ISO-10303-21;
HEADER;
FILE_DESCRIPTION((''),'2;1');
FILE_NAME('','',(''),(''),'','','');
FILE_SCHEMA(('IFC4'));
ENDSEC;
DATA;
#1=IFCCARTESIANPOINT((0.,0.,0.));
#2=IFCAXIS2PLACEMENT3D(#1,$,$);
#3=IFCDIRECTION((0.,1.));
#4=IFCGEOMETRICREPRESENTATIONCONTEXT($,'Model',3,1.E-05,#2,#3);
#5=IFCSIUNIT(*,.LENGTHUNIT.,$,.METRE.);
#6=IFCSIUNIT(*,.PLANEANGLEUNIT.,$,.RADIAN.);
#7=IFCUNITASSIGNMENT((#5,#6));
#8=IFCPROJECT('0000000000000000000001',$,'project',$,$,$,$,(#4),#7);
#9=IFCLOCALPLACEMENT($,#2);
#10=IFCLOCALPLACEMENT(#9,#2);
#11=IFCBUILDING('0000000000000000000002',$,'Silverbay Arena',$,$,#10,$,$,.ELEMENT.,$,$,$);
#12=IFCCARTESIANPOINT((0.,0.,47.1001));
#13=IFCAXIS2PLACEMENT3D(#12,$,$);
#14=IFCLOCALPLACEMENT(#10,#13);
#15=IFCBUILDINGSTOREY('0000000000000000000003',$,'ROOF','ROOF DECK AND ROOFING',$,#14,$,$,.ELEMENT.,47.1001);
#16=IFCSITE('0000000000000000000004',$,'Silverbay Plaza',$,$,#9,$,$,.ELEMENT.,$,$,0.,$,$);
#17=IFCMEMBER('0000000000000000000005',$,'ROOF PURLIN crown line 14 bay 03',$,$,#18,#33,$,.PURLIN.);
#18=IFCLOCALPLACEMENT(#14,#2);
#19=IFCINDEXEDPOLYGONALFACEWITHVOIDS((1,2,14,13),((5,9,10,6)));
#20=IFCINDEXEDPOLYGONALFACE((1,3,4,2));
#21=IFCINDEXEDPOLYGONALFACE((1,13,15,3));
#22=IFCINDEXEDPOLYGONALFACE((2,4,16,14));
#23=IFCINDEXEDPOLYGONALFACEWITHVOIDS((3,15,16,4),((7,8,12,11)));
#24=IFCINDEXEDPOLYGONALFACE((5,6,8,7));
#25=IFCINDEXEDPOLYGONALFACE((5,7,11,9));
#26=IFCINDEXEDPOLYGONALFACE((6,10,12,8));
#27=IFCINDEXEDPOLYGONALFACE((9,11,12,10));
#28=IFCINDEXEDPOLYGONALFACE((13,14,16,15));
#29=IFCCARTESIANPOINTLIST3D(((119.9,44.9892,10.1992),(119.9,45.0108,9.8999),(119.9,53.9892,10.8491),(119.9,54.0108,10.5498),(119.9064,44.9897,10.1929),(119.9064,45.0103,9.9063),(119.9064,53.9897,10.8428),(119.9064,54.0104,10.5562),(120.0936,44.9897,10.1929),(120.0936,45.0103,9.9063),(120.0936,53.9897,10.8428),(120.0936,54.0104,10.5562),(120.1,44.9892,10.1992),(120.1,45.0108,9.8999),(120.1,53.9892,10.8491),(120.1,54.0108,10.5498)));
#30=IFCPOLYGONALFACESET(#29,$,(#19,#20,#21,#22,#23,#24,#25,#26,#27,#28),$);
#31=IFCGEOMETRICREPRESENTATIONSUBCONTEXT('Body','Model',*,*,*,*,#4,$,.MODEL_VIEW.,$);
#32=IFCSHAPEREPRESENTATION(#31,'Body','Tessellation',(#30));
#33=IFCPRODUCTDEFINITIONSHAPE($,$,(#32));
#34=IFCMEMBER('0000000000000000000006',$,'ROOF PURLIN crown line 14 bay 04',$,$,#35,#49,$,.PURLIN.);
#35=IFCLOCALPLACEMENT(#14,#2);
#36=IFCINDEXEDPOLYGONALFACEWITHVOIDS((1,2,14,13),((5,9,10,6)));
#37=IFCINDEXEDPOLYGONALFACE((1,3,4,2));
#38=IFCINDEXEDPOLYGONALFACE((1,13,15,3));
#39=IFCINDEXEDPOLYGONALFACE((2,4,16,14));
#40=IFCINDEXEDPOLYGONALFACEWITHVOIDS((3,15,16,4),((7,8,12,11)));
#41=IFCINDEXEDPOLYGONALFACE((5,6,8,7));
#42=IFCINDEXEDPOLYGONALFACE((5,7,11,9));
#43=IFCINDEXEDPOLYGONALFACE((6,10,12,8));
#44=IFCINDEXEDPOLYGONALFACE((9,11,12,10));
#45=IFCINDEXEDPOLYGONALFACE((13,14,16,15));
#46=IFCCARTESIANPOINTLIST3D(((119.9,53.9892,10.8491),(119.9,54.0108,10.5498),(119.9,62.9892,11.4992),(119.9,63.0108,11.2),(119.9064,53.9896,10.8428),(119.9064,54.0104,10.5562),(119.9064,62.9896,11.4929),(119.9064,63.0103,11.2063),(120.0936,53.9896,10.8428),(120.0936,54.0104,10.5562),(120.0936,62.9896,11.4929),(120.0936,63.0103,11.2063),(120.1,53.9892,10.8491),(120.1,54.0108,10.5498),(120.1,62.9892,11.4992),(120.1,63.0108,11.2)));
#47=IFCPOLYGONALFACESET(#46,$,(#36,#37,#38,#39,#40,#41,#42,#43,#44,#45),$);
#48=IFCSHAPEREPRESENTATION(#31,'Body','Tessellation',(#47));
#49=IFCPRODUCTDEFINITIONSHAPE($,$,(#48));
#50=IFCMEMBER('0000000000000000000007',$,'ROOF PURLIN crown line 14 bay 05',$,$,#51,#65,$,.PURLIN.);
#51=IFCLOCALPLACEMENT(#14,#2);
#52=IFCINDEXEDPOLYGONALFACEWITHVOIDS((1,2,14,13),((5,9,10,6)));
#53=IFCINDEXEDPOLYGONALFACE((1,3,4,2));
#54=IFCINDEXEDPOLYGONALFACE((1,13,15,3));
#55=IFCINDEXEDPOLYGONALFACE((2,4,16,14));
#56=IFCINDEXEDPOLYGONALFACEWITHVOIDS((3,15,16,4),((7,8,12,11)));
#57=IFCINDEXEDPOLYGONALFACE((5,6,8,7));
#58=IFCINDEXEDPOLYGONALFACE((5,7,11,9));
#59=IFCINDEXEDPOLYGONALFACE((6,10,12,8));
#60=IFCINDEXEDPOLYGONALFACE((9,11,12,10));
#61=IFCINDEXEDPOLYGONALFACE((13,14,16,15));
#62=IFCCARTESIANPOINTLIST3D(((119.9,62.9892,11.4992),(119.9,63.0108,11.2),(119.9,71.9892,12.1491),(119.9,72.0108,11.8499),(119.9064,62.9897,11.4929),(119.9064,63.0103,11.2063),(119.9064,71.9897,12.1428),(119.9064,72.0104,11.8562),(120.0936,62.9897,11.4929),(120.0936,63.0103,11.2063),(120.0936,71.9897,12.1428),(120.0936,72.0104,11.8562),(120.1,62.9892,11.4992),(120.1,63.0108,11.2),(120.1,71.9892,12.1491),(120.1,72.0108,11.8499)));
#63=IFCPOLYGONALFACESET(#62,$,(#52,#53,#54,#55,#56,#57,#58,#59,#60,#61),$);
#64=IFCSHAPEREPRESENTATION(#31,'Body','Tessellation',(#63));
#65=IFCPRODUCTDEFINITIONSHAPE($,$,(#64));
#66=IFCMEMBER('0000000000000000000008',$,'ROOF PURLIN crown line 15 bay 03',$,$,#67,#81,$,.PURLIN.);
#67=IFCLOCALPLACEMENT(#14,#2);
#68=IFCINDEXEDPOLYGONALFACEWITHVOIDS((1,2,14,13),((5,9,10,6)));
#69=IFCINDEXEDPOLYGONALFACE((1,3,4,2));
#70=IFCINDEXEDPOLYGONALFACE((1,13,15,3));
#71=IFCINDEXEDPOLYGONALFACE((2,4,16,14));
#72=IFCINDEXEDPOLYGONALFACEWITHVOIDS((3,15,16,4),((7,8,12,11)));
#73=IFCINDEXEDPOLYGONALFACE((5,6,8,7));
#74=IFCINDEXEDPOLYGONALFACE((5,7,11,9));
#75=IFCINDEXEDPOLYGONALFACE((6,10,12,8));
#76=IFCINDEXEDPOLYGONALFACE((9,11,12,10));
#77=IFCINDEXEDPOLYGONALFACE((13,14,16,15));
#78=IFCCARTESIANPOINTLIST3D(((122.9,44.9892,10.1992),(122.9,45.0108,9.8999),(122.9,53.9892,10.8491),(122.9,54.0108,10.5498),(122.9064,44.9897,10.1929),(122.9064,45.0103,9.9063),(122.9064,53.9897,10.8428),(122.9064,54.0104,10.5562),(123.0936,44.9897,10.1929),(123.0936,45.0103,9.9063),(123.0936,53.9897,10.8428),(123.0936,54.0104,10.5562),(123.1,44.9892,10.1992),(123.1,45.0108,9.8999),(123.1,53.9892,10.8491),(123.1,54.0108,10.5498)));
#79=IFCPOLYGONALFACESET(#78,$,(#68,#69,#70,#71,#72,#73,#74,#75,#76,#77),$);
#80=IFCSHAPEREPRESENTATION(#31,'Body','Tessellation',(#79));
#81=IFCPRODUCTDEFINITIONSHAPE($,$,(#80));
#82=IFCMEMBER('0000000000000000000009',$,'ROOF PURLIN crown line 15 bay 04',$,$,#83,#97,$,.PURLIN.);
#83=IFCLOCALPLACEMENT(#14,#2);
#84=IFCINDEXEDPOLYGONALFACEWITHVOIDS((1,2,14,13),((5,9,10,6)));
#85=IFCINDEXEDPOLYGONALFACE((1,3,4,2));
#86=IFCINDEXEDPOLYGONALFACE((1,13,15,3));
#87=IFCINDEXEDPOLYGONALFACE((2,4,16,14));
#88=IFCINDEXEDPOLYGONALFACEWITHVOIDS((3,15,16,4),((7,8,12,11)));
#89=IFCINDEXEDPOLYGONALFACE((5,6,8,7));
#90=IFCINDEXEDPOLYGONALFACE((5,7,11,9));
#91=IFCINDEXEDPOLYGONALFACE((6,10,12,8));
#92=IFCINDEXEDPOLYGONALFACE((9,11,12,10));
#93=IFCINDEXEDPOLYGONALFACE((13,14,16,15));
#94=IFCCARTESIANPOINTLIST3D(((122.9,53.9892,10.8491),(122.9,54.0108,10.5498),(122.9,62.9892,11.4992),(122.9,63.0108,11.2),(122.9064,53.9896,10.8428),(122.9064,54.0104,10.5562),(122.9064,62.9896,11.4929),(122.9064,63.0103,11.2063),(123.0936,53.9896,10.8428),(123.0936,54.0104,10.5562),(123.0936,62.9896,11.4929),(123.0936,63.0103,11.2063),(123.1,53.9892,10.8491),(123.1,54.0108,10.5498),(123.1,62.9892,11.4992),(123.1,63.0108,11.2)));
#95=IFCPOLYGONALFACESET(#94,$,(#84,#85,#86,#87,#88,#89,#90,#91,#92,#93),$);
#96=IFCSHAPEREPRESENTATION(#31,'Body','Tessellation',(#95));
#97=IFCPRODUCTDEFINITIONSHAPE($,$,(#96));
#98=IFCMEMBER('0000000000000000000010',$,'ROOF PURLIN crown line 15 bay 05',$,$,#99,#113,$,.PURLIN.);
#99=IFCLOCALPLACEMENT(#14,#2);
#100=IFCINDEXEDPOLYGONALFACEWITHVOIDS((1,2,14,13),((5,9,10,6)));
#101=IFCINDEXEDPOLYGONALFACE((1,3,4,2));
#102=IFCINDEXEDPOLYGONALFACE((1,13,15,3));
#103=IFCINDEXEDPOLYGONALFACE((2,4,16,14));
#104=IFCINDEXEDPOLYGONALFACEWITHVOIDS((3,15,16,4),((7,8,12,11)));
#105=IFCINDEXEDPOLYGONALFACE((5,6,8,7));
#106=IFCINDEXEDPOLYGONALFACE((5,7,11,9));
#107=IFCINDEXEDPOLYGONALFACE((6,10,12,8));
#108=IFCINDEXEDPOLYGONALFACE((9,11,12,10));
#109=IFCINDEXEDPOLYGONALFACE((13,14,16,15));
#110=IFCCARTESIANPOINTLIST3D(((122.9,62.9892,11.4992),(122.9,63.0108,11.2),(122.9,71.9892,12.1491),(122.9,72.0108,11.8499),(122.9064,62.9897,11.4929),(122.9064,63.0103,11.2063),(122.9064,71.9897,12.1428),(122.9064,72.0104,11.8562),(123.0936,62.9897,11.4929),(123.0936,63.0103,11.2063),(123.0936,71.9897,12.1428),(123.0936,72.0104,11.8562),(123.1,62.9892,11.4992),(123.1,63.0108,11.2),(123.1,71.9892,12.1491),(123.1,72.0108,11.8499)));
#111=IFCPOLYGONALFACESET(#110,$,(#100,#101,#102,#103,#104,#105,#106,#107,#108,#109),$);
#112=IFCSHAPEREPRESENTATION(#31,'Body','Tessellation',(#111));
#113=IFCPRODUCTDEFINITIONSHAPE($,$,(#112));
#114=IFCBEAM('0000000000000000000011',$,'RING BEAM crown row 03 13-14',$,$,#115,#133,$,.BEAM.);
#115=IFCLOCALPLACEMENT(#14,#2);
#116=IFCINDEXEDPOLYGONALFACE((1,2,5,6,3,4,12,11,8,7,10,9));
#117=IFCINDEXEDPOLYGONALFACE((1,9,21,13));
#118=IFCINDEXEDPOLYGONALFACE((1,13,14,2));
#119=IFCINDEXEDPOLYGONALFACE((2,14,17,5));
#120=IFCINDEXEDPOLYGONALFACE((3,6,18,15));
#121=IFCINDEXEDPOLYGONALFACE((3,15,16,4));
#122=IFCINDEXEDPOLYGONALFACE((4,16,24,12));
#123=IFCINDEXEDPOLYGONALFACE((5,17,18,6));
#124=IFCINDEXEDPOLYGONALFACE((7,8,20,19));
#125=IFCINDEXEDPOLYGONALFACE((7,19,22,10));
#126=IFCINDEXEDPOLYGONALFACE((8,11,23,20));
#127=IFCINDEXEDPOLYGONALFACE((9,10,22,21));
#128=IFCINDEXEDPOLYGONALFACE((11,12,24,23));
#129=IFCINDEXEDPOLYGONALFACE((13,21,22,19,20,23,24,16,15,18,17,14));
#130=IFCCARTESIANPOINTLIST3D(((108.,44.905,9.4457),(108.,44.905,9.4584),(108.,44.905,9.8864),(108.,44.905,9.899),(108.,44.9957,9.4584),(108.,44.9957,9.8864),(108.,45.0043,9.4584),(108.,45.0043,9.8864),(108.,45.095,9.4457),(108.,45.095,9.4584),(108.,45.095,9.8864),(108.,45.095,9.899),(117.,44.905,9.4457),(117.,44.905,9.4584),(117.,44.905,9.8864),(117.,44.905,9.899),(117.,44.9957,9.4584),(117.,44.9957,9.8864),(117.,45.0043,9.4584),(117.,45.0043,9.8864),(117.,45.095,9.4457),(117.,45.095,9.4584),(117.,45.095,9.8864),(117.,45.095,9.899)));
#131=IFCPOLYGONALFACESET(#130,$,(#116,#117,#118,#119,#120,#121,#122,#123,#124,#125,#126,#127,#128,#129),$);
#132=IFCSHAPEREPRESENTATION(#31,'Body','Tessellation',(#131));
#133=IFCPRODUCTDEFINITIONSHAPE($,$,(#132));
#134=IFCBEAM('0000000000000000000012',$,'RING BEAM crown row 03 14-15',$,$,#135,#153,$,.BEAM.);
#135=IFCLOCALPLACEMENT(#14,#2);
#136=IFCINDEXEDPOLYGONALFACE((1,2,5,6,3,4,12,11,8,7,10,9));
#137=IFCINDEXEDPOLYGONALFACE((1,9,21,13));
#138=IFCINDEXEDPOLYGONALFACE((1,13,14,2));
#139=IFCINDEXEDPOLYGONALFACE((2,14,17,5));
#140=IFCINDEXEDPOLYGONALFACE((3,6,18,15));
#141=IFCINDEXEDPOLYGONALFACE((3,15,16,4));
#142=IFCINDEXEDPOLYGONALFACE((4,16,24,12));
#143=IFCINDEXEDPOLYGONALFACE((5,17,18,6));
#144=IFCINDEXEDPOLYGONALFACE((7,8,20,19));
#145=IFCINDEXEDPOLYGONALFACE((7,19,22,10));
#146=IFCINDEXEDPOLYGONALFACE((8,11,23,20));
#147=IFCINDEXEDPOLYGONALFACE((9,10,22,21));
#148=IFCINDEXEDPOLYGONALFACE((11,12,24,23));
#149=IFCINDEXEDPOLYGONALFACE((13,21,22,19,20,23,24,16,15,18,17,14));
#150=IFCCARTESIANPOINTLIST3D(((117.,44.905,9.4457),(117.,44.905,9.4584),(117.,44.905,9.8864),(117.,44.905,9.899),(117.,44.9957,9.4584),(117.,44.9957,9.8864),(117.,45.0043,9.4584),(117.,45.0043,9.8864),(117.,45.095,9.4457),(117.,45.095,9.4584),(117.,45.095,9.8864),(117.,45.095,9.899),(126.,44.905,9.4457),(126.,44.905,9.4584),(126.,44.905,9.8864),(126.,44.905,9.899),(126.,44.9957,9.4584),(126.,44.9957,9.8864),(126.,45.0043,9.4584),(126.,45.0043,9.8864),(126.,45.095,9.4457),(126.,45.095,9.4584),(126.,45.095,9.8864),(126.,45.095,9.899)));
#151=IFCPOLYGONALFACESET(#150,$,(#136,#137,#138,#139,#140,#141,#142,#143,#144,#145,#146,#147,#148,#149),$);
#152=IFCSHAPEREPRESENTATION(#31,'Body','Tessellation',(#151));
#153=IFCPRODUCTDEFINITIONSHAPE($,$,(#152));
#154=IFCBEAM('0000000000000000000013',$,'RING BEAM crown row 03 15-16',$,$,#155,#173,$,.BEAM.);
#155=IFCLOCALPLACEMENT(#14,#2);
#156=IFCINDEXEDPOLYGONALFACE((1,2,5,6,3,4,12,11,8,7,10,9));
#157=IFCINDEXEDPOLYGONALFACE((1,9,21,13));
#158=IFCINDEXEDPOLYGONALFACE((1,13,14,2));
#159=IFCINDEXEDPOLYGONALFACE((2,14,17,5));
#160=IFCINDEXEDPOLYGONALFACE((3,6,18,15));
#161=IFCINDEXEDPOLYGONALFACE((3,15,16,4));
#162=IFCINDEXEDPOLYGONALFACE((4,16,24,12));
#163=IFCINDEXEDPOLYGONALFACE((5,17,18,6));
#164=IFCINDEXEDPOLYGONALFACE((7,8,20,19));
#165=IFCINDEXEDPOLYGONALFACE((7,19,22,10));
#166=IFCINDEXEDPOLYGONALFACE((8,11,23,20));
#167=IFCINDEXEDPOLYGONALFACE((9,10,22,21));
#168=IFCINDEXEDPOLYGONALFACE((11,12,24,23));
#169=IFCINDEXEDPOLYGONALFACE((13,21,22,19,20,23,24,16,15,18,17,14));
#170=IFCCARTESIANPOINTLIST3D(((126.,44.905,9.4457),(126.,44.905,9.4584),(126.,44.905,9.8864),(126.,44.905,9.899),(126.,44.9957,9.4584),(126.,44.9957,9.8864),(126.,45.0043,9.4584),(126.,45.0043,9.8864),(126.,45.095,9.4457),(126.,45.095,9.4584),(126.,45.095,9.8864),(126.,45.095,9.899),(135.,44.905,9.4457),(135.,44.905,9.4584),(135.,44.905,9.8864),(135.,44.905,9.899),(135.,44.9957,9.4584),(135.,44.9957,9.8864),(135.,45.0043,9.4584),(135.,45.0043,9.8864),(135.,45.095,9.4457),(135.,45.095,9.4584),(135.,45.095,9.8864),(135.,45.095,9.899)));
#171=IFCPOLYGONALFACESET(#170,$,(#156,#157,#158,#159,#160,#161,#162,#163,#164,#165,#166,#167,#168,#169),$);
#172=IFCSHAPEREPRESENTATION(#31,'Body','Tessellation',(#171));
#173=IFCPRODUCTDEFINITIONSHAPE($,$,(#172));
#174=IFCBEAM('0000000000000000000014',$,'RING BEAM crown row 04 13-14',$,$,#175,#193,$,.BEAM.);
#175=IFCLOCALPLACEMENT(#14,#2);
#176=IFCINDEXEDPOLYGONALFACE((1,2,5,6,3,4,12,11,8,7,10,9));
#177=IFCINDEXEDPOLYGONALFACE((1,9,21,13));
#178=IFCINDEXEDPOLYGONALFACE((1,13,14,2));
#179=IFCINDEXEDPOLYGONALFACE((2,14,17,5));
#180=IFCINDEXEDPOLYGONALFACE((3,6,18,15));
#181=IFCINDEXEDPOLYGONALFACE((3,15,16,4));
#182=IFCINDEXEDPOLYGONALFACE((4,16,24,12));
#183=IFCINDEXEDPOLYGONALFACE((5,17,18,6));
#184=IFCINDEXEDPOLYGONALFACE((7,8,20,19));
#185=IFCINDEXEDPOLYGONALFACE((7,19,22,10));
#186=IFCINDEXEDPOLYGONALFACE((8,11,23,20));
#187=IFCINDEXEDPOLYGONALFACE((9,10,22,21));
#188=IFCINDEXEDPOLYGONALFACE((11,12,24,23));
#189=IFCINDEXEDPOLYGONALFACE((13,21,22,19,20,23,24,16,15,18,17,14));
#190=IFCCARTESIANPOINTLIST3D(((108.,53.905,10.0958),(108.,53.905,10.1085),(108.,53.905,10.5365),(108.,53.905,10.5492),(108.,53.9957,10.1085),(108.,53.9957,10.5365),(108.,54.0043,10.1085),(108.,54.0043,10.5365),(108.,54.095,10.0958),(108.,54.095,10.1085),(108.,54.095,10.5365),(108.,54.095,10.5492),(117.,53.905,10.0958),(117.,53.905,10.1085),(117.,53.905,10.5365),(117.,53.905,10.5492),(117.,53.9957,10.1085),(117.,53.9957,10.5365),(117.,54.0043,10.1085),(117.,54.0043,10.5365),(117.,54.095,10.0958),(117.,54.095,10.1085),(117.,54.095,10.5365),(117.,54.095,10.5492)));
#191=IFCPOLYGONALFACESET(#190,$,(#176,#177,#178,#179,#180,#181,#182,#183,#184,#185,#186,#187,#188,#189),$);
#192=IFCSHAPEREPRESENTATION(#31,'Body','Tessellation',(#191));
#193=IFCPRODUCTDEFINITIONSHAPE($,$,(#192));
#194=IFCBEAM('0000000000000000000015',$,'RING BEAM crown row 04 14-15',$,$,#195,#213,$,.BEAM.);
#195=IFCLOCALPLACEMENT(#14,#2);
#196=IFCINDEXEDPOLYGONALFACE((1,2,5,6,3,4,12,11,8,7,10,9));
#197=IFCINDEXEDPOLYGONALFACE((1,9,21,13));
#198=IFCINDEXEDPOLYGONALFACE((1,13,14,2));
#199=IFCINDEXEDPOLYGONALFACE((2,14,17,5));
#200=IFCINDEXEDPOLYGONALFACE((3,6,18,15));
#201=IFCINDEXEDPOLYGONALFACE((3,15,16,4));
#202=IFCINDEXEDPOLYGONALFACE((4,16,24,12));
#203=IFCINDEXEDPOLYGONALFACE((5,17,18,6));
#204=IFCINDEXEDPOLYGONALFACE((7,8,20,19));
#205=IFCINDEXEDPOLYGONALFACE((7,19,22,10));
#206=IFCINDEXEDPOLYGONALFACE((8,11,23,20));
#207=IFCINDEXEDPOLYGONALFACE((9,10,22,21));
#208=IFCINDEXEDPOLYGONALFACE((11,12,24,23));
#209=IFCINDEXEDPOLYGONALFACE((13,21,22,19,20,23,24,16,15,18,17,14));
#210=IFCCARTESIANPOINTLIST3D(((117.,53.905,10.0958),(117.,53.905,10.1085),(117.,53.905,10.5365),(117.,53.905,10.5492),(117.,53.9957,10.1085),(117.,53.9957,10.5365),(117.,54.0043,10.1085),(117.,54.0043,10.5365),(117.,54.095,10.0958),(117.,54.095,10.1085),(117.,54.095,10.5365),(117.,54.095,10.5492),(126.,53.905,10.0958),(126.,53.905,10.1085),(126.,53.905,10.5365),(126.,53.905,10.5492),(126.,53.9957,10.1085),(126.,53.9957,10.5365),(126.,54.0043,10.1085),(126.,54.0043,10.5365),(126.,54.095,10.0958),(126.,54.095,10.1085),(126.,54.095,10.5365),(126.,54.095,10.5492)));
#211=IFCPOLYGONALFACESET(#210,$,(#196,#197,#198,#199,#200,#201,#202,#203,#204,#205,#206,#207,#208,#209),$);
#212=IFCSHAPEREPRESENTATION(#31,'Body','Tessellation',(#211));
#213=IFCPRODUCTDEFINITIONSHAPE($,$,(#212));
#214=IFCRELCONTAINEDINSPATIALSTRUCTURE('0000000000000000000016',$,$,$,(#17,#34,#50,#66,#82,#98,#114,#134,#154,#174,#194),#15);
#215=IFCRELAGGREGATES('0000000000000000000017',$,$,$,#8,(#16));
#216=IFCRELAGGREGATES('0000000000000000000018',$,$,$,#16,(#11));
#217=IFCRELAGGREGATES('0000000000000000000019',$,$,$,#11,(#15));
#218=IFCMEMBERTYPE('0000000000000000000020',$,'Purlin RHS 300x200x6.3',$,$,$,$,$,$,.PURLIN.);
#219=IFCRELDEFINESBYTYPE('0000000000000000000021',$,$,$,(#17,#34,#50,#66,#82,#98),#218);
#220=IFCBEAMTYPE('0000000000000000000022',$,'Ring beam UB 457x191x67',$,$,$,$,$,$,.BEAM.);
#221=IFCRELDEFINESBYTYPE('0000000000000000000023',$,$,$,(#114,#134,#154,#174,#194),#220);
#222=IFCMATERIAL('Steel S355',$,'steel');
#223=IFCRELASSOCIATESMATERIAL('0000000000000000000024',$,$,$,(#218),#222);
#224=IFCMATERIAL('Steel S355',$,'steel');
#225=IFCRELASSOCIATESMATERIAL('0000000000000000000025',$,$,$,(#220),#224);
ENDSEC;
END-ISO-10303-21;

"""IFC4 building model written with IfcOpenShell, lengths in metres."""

from ifc_helpers import new_model, si_unit, direction, frame, origin, origin_2d, place, context, subcontext, project, spatial, hollow_rectangle, i_section, extrude, material, material_profile, profile_set, type_object, element, save


model = new_model("IFC4")

# Units and contexts
model_context = context("Model", 3, precision=1e-05, world=origin(), true_north=direction((0.0, 1.0)))
body_context = subcontext(model_context, "Body", "Model", "MODEL_VIEW")
ifc_project = project(units=[si_unit("LENGTHUNIT", "METRE"), si_unit("PLANEANGLEUNIT", "RADIAN")], contexts=[model_context])

# Site, building, storey
site_placement = place(None, origin())
site = spatial("IfcSite", under=ifc_project, at=site_placement, Name="Silverbay Plaza", CompositionType="ELEMENT", RefElevation=0.0)
building_placement = place(site_placement, origin())
building = spatial("IfcBuilding", under=site, at=building_placement, Name="Silverbay Arena", CompositionType="ELEMENT")
storey_placement = place(building_placement, frame((0.0, 0.0, 47.1001)))
storey = spatial("IfcBuildingStorey", under=building, at=storey_placement, Name="ROOF", Description="ROOF DECK AND ROOFING", CompositionType="ELEMENT", Elevation=47.1001)

# Members
ifc_material_1 = material(Name="Steel S355", Category="steel")
ifc_material_profile_1 = material_profile(ifc_material_1, hollow_rectangle(XDim=0.2, YDim=0.3, WallThickness=0.0063, at=origin_2d()), Name="RHS 300x200x6.3")
ifc_profile_set_1 = profile_set([ifc_material_profile_1], Name="Steel S355")
member_type_1 = type_object("IfcMemberType", Name="Purlin RHS 300x200x6.3", PredefinedType="PURLIN", material=ifc_profile_set_1)
for number, where, z_axis, x_axis, name in (
    (1, (120.0, 45.0, 10.0496), (0.0, 0.997403, 0.072024), (-1.0, 0.0, 0.0), "ROOF PURLIN crown line 14 bay 03"),
    (2, (120.0, 54.0, 10.6995), (0.0, 0.997401, 0.072051), (-1.0, 0.0, 0.0), "ROOF PURLIN crown line 14 bay 04"),
    (3, (120.0, 63.0, 11.3496), (0.0, 0.997403, 0.072024), (-1.0, 0.0, 0.0), "ROOF PURLIN crown line 14 bay 05"),
    (4, (123.0, 45.0, 10.0496), (0.0, 0.997403, 0.072024), (-1.0, 0.0, 0.0), "ROOF PURLIN crown line 15 bay 03"),
    (5, (123.0, 54.0, 10.6995), (0.0, 0.997401, 0.072051), (-1.0, 0.0, 0.0), "ROOF PURLIN crown line 15 bay 04"),
    (6, (123.0, 63.0, 11.3496), (0.0, 0.997403, 0.072024), (-1.0, 0.0, 0.0), "ROOF PURLIN crown line 15 bay 05"),
):
    element("IfcMember", number, at=place(storey_placement, frame(where, z_axis=z_axis, x_axis=x_axis)), inside=storey, type_object=member_type_1, Name=name, PredefinedType="PURLIN", context=body_context, shape_type="SweptSolid", body=[
        extrude(hollow_rectangle(XDim=0.2, YDim=0.3, WallThickness=0.0063, at=origin_2d()), origin(), (0.0, 0.0, 1.0), 9.0234),
    ])

# Beams
ifc_material_2 = material(Name="Steel S355", Category="steel")
ifc_material_profile_2 = material_profile(ifc_material_2, i_section(OverallWidth=0.1899, OverallDepth=0.4534, WebThickness=0.0085, FlangeThickness=0.0127, at=origin_2d()), Name="UB 457x191x67")
ifc_profile_set_2 = profile_set([ifc_material_profile_2], Name="Steel S355")
beam_type = type_object("IfcBeamType", Name="Ring beam UB 457x191x67", PredefinedType="BEAM", material=ifc_profile_set_2)
for number, where, z_axis, x_axis, name in (
    (7, (108.0, 45.0, 9.6724), (1.0, 0.0, 0.0), (0.0, 1.0, 0.0), "RING BEAM crown row 03 13-14"),
    (8, (117.0, 45.0, 9.6724), (1.0, 0.0, 0.0), (0.0, 1.0, 0.0), "RING BEAM crown row 03 14-15"),
    (9, (126.0, 45.0, 9.6724), (1.0, 0.0, 0.0), (0.0, 1.0, 0.0), "RING BEAM crown row 03 15-16"),
    (10, (108.0, 54.0, 10.3225), (1.0, 0.0, 0.0), (0.0, 1.0, 0.0), "RING BEAM crown row 04 13-14"),
    (11, (117.0, 54.0, 10.3225), (1.0, 0.0, 0.0), (0.0, 1.0, 0.0), "RING BEAM crown row 04 14-15"),
):
    element("IfcBeam", number, at=place(storey_placement, frame(where, z_axis=z_axis, x_axis=x_axis)), inside=storey, type_object=beam_type, Name=name, PredefinedType="BEAM", context=body_context, shape_type="SweptSolid", body=[
        extrude(i_section(OverallWidth=0.1899, OverallDepth=0.4534, WebThickness=0.0085, FlangeThickness=0.0127, at=origin_2d()), origin(), (0.0, 0.0, 1.0), 9.0),
    ])

save(model, "model.ifc")
